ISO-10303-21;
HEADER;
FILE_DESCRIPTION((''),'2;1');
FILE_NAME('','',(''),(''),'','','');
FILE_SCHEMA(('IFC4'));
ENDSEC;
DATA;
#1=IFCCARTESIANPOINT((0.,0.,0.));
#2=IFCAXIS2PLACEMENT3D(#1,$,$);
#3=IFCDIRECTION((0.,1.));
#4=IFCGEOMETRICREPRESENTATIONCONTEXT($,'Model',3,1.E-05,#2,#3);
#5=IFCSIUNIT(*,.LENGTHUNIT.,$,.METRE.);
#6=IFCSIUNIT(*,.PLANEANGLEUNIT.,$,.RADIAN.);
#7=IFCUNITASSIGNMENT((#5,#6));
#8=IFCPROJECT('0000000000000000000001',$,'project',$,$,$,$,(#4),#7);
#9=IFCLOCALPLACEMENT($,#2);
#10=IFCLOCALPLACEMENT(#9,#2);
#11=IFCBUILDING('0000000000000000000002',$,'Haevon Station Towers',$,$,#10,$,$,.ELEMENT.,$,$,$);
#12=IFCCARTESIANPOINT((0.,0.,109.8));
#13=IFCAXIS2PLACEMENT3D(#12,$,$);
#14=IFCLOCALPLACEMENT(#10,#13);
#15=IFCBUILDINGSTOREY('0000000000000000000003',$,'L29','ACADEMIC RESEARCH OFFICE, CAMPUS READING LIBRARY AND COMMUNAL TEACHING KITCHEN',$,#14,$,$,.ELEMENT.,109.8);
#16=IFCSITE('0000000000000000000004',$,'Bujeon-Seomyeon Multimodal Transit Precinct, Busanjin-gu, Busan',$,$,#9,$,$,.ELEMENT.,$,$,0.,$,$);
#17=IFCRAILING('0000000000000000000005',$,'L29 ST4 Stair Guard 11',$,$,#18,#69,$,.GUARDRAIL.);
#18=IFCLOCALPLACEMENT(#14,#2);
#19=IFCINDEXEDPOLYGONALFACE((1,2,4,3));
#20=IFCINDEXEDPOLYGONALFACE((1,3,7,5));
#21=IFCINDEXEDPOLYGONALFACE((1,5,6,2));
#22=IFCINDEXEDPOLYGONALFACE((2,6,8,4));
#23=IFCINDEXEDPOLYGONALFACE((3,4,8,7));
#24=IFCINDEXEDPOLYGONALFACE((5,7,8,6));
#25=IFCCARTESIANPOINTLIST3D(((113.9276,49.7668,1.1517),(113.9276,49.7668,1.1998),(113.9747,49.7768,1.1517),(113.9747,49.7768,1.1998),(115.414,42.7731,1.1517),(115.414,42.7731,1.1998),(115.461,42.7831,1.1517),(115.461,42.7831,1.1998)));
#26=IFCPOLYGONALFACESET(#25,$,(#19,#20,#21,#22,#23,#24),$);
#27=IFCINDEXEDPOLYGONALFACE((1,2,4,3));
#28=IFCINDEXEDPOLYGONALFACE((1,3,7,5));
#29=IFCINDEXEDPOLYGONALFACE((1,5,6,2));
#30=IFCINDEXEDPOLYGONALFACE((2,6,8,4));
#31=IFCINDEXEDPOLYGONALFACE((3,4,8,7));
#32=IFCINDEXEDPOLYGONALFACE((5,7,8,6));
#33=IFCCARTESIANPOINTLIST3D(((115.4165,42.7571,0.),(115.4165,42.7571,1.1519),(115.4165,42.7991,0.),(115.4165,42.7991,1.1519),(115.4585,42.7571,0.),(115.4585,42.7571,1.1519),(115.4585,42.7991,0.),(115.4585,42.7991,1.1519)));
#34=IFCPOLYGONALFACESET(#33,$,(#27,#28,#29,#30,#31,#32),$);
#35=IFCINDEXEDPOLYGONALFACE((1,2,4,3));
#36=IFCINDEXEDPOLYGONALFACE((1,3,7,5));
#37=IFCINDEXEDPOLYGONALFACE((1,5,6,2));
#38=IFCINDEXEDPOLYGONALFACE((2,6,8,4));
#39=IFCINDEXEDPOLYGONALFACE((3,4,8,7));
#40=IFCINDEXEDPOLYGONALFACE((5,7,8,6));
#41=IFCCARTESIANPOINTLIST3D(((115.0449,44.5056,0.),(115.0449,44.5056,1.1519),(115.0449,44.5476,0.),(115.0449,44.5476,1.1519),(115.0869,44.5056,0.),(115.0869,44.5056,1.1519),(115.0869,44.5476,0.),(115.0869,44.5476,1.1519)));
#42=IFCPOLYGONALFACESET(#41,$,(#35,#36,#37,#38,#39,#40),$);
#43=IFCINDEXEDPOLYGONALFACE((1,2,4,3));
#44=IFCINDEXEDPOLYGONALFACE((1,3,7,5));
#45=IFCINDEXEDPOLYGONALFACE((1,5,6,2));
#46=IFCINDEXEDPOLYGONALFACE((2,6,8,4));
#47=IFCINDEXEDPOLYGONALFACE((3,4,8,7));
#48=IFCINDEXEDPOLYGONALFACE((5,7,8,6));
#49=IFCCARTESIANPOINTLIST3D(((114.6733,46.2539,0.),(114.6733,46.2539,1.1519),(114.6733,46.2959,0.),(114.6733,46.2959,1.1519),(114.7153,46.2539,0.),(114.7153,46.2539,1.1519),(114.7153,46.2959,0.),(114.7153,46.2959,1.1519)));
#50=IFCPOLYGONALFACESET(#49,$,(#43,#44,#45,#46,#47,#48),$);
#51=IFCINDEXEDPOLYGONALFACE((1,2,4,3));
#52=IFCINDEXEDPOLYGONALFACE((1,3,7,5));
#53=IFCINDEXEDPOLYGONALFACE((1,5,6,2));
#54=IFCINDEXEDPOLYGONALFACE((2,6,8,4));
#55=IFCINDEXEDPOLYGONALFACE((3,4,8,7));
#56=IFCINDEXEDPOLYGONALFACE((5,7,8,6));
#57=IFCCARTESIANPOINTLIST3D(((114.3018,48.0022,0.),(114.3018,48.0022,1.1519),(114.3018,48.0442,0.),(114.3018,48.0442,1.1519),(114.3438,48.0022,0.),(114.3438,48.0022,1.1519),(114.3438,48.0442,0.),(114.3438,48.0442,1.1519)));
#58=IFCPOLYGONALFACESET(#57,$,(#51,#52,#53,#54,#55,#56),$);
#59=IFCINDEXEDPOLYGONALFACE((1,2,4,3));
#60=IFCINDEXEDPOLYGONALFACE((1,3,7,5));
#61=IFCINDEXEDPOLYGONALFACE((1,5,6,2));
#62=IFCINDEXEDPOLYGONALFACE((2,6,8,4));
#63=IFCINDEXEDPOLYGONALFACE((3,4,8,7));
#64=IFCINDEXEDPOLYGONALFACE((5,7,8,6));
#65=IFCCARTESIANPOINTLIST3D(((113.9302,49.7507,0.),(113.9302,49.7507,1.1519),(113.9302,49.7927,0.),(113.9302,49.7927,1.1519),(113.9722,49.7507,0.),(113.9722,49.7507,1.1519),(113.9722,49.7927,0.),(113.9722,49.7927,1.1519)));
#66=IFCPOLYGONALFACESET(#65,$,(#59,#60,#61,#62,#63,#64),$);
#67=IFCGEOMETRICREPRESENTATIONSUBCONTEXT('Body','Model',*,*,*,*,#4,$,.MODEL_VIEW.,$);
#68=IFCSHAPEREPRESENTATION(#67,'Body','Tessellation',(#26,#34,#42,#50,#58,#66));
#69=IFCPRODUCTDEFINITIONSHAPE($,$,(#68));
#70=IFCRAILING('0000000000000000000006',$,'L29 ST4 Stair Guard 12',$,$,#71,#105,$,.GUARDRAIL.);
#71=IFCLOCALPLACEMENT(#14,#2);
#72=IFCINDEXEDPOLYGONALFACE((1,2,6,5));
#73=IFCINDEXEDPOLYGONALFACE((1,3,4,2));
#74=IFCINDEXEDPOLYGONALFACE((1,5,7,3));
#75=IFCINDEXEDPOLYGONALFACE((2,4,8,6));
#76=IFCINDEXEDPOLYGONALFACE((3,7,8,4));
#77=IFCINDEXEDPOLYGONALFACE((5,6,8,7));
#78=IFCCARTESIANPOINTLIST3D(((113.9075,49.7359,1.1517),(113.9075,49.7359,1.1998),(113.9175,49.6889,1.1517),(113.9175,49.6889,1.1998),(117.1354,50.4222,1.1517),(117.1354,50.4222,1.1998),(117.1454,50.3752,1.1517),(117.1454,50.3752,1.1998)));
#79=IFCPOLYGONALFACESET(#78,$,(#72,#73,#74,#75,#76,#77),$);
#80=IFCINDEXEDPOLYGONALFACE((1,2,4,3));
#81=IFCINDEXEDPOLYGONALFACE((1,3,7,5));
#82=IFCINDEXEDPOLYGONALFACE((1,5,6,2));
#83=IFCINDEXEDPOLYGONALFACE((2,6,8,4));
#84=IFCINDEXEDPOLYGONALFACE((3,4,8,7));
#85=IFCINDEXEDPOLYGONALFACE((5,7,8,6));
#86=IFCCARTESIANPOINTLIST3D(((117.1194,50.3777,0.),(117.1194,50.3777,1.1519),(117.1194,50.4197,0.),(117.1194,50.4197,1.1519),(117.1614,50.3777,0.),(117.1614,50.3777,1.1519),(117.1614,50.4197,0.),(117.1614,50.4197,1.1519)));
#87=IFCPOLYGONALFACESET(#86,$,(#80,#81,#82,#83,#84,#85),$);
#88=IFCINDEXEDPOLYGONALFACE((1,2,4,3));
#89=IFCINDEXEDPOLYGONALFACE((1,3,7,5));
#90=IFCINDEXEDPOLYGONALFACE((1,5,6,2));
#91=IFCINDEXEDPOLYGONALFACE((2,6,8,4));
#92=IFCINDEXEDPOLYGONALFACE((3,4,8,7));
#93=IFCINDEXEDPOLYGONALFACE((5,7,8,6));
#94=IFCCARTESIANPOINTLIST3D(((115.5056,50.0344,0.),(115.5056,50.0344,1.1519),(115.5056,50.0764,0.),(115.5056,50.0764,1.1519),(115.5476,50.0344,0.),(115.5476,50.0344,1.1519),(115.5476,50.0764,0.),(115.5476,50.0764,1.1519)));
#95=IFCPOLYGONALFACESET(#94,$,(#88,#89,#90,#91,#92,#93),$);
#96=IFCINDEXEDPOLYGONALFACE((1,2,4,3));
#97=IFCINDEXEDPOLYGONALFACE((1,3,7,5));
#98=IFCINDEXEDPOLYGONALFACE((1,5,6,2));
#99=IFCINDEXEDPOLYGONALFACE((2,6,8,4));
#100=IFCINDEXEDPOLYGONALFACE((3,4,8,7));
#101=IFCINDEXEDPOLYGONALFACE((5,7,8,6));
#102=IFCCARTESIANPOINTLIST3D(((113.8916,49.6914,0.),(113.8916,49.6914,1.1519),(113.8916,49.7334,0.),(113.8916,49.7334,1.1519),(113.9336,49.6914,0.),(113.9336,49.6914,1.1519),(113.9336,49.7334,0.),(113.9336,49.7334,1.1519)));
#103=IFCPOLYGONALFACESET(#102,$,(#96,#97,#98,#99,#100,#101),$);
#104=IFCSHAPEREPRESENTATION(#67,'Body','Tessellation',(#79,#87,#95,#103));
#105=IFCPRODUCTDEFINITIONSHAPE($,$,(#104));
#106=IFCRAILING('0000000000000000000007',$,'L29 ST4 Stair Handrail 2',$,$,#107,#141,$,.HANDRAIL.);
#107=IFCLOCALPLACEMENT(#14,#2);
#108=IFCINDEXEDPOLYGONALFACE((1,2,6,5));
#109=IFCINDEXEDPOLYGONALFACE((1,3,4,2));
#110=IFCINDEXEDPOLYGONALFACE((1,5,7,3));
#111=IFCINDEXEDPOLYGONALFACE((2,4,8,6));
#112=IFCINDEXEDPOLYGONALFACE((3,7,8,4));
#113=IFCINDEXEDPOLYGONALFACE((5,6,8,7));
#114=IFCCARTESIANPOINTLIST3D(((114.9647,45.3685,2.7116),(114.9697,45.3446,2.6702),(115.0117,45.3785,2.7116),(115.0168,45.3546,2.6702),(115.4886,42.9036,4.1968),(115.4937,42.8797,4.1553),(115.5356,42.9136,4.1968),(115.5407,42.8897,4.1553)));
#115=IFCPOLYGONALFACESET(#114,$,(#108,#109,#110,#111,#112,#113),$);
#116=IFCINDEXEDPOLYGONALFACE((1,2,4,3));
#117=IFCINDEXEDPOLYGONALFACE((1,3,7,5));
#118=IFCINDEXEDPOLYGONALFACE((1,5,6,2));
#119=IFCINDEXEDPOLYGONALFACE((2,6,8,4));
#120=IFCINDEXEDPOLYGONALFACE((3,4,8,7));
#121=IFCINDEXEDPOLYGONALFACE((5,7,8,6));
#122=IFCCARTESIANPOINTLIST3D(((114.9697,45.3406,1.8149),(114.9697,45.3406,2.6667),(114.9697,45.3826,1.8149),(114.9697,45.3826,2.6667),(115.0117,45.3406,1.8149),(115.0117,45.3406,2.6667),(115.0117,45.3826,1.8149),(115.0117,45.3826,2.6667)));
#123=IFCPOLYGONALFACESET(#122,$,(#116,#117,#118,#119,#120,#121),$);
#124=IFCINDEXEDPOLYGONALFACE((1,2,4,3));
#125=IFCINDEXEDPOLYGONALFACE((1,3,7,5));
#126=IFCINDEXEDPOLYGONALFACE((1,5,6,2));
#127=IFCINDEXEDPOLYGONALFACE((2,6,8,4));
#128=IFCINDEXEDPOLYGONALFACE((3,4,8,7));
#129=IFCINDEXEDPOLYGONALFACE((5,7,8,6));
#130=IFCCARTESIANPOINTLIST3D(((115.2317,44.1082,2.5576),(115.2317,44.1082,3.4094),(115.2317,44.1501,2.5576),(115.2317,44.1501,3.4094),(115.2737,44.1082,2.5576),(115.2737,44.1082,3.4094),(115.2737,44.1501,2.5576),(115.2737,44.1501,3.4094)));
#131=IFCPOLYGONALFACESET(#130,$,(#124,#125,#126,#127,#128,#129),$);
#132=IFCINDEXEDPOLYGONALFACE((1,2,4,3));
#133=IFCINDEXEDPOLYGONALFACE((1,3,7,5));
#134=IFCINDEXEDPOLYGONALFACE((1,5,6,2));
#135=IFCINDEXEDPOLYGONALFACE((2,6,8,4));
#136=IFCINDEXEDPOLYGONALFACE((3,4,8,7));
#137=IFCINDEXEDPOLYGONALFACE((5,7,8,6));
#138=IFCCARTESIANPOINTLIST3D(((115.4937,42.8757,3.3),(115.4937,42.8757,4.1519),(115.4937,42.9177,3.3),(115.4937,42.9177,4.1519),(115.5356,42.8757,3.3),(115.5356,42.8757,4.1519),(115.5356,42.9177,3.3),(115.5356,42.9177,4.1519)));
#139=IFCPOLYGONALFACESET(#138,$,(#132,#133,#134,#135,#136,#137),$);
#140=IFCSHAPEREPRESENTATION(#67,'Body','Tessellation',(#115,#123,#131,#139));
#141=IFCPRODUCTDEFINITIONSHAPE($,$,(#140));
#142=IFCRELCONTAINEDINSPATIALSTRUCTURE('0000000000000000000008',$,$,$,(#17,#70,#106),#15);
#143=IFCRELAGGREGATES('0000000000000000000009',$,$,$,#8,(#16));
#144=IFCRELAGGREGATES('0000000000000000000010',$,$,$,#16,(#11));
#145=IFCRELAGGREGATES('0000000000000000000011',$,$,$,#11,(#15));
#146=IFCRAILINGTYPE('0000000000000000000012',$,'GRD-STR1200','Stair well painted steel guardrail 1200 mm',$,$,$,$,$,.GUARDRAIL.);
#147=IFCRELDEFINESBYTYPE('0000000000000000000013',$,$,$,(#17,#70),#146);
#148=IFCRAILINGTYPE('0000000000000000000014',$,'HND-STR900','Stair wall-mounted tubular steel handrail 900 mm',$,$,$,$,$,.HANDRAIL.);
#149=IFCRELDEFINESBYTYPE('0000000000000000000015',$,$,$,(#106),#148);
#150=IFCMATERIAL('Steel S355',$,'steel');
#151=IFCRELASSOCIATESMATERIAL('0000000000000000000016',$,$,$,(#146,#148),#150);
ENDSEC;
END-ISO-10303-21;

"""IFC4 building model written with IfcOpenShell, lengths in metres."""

from ifc_helpers import new_model, si_unit, direction, frame, origin, origin_2d, place, context, subcontext, project, spatial, rectangle, extrude, material, type_object, element, save


model = new_model("IFC4")

# Units and contexts
model_context = context("Model", 3, precision=1e-05, world=origin(), true_north=direction((0.0, 1.0)))
body_context = subcontext(model_context, "Body", "Model", "MODEL_VIEW")
ifc_project = project(units=[si_unit("LENGTHUNIT", "METRE"), si_unit("PLANEANGLEUNIT", "RADIAN")], contexts=[model_context])

# Site, building, storey
site_placement = place(None, origin())
site = spatial("IfcSite", under=ifc_project, at=site_placement, Name="Bujeon-Seomyeon Multimodal Transit Precinct, Busanjin-gu, Busan", CompositionType="ELEMENT", RefElevation=0.0)
building_placement = place(site_placement, origin())
building = spatial("IfcBuilding", under=site, at=building_placement, Name="Haevon Station Towers", CompositionType="ELEMENT")
storey_placement = place(building_placement, frame((0.0, 0.0, 109.8)))
storey = spatial("IfcBuildingStorey", under=building, at=storey_placement, Name="L29", Description="ACADEMIC RESEARCH OFFICE, CAMPUS READING LIBRARY AND COMMUNAL TEACHING KITCHEN", CompositionType="ELEMENT", Elevation=109.8)

# Railings
ifc_material_1 = material(Name="Steel S355", Category="steel")
railing_type_1 = type_object("IfcRailingType", Name="GRD-STR1200", Description="Stair well painted steel guardrail 1200 mm", PredefinedType="GUARDRAIL", material=ifc_material_1)
railing_1_placement = place(storey_placement, frame((115.4375, 42.7781, 0.0)))
element("IfcRailing", 1, at=railing_1_placement, inside=storey, type_object=railing_type_1, Name="L29 ST4 Stair Guard 11", PredefinedType="GUARDRAIL", context=body_context, shape_type="SweptSolid", body=[
    extrude(rectangle(XDim=0.0481, YDim=0.0481, at=origin_2d()), frame((0.0, 0.0, 1.1758), z_axis=(-0.207882, 0.978154, 0.0), x_axis=(-0.978154, -0.207882, 0.0)), (0.0, 0.0, 1.0), 7.1499),
    extrude(rectangle(XDim=0.042, YDim=0.042, at=origin_2d()), origin(), (0.0, 0.0, 1.0), 1.1519),
    extrude(rectangle(XDim=0.042, YDim=0.042, at=origin_2d()), frame((-0.3716, 1.7485, 0.0)), (0.0, 0.0, 1.0), 1.1519),
    extrude(rectangle(XDim=0.042, YDim=0.042, at=origin_2d()), frame((-0.7432, 3.4968, 0.0)), (0.0, 0.0, 1.0), 1.1519),
    extrude(rectangle(XDim=0.042, YDim=0.042, at=origin_2d()), frame((-1.1147, 5.2451, 0.0)), (0.0, 0.0, 1.0), 1.1519),
    extrude(rectangle(XDim=0.042, YDim=0.042, at=origin_2d()), frame((-1.4863, 6.9937, 0.0)), (0.0, 0.0, 1.0), 1.1519),
])
railing_2_placement = place(storey_placement, frame((117.1404, 50.3987, 0.0)))
element("IfcRailing", 2, at=railing_2_placement, inside=storey, type_object=railing_type_1, Name="L29 ST4 Stair Guard 12", PredefinedType="GUARDRAIL", context=body_context, shape_type="SweptSolid", body=[
    extrude(rectangle(XDim=0.0481, YDim=0.0481, at=origin_2d()), frame((0.0, 0.0, 1.1758), z_axis=(-0.978136, -0.207968, 0.0), x_axis=(0.207968, -0.978136, 0.0)), (0.0, 0.0, 1.0), 3.3),
    extrude(rectangle(XDim=0.042, YDim=0.042, at=origin_2d()), origin(), (0.0, 0.0, 1.0), 1.1519),
    extrude(rectangle(XDim=0.042, YDim=0.042, at=origin_2d()), frame((-1.6138, -0.3433, 0.0)), (0.0, 0.0, 1.0), 1.1519),
    extrude(rectangle(XDim=0.042, YDim=0.042, at=origin_2d()), frame((-3.2278, -0.6863, 0.0)), (0.0, 0.0, 1.0), 1.1519),
])
railing_type_2 = type_object("IfcRailingType", Name="HND-STR900", Description="Stair wall-mounted tubular steel handrail 900 mm", PredefinedType="HANDRAIL", material=ifc_material_1)
railing_3_placement = place(storey_placement, frame((114.9907, 45.3616, 1.8149)))
element("IfcRailing", 3, at=railing_3_placement, inside=storey, type_object=railing_type_2, Name="L29 ST4 Stair Handrail 2", PredefinedType="HANDRAIL", context=body_context, shape_type="SweptSolid", body=[
    extrude(rectangle(XDim=0.0481, YDim=0.0481, at=origin_2d()), frame((0.0, 0.0, 0.876), z_axis=(0.179121, -0.842688, 0.507733), x_axis=(0.978147, 0.207914, 0.0)), (0.0, 0.0, 1.0), 2.925),
    extrude(rectangle(XDim=0.042, YDim=0.042, at=origin_2d()), origin(), (0.0, 0.0, 1.0), 0.8518),
    extrude(rectangle(XDim=0.042, YDim=0.042, at=origin_2d()), frame((0.262, -1.2324, 0.7427)), (0.0, 0.0, 1.0), 0.8518),
    extrude(rectangle(XDim=0.042, YDim=0.042, at=origin_2d()), frame((0.5239, -2.4648, 1.4851)), (0.0, 0.0, 1.0), 0.8518),
])

save(model, "model.ifc")
